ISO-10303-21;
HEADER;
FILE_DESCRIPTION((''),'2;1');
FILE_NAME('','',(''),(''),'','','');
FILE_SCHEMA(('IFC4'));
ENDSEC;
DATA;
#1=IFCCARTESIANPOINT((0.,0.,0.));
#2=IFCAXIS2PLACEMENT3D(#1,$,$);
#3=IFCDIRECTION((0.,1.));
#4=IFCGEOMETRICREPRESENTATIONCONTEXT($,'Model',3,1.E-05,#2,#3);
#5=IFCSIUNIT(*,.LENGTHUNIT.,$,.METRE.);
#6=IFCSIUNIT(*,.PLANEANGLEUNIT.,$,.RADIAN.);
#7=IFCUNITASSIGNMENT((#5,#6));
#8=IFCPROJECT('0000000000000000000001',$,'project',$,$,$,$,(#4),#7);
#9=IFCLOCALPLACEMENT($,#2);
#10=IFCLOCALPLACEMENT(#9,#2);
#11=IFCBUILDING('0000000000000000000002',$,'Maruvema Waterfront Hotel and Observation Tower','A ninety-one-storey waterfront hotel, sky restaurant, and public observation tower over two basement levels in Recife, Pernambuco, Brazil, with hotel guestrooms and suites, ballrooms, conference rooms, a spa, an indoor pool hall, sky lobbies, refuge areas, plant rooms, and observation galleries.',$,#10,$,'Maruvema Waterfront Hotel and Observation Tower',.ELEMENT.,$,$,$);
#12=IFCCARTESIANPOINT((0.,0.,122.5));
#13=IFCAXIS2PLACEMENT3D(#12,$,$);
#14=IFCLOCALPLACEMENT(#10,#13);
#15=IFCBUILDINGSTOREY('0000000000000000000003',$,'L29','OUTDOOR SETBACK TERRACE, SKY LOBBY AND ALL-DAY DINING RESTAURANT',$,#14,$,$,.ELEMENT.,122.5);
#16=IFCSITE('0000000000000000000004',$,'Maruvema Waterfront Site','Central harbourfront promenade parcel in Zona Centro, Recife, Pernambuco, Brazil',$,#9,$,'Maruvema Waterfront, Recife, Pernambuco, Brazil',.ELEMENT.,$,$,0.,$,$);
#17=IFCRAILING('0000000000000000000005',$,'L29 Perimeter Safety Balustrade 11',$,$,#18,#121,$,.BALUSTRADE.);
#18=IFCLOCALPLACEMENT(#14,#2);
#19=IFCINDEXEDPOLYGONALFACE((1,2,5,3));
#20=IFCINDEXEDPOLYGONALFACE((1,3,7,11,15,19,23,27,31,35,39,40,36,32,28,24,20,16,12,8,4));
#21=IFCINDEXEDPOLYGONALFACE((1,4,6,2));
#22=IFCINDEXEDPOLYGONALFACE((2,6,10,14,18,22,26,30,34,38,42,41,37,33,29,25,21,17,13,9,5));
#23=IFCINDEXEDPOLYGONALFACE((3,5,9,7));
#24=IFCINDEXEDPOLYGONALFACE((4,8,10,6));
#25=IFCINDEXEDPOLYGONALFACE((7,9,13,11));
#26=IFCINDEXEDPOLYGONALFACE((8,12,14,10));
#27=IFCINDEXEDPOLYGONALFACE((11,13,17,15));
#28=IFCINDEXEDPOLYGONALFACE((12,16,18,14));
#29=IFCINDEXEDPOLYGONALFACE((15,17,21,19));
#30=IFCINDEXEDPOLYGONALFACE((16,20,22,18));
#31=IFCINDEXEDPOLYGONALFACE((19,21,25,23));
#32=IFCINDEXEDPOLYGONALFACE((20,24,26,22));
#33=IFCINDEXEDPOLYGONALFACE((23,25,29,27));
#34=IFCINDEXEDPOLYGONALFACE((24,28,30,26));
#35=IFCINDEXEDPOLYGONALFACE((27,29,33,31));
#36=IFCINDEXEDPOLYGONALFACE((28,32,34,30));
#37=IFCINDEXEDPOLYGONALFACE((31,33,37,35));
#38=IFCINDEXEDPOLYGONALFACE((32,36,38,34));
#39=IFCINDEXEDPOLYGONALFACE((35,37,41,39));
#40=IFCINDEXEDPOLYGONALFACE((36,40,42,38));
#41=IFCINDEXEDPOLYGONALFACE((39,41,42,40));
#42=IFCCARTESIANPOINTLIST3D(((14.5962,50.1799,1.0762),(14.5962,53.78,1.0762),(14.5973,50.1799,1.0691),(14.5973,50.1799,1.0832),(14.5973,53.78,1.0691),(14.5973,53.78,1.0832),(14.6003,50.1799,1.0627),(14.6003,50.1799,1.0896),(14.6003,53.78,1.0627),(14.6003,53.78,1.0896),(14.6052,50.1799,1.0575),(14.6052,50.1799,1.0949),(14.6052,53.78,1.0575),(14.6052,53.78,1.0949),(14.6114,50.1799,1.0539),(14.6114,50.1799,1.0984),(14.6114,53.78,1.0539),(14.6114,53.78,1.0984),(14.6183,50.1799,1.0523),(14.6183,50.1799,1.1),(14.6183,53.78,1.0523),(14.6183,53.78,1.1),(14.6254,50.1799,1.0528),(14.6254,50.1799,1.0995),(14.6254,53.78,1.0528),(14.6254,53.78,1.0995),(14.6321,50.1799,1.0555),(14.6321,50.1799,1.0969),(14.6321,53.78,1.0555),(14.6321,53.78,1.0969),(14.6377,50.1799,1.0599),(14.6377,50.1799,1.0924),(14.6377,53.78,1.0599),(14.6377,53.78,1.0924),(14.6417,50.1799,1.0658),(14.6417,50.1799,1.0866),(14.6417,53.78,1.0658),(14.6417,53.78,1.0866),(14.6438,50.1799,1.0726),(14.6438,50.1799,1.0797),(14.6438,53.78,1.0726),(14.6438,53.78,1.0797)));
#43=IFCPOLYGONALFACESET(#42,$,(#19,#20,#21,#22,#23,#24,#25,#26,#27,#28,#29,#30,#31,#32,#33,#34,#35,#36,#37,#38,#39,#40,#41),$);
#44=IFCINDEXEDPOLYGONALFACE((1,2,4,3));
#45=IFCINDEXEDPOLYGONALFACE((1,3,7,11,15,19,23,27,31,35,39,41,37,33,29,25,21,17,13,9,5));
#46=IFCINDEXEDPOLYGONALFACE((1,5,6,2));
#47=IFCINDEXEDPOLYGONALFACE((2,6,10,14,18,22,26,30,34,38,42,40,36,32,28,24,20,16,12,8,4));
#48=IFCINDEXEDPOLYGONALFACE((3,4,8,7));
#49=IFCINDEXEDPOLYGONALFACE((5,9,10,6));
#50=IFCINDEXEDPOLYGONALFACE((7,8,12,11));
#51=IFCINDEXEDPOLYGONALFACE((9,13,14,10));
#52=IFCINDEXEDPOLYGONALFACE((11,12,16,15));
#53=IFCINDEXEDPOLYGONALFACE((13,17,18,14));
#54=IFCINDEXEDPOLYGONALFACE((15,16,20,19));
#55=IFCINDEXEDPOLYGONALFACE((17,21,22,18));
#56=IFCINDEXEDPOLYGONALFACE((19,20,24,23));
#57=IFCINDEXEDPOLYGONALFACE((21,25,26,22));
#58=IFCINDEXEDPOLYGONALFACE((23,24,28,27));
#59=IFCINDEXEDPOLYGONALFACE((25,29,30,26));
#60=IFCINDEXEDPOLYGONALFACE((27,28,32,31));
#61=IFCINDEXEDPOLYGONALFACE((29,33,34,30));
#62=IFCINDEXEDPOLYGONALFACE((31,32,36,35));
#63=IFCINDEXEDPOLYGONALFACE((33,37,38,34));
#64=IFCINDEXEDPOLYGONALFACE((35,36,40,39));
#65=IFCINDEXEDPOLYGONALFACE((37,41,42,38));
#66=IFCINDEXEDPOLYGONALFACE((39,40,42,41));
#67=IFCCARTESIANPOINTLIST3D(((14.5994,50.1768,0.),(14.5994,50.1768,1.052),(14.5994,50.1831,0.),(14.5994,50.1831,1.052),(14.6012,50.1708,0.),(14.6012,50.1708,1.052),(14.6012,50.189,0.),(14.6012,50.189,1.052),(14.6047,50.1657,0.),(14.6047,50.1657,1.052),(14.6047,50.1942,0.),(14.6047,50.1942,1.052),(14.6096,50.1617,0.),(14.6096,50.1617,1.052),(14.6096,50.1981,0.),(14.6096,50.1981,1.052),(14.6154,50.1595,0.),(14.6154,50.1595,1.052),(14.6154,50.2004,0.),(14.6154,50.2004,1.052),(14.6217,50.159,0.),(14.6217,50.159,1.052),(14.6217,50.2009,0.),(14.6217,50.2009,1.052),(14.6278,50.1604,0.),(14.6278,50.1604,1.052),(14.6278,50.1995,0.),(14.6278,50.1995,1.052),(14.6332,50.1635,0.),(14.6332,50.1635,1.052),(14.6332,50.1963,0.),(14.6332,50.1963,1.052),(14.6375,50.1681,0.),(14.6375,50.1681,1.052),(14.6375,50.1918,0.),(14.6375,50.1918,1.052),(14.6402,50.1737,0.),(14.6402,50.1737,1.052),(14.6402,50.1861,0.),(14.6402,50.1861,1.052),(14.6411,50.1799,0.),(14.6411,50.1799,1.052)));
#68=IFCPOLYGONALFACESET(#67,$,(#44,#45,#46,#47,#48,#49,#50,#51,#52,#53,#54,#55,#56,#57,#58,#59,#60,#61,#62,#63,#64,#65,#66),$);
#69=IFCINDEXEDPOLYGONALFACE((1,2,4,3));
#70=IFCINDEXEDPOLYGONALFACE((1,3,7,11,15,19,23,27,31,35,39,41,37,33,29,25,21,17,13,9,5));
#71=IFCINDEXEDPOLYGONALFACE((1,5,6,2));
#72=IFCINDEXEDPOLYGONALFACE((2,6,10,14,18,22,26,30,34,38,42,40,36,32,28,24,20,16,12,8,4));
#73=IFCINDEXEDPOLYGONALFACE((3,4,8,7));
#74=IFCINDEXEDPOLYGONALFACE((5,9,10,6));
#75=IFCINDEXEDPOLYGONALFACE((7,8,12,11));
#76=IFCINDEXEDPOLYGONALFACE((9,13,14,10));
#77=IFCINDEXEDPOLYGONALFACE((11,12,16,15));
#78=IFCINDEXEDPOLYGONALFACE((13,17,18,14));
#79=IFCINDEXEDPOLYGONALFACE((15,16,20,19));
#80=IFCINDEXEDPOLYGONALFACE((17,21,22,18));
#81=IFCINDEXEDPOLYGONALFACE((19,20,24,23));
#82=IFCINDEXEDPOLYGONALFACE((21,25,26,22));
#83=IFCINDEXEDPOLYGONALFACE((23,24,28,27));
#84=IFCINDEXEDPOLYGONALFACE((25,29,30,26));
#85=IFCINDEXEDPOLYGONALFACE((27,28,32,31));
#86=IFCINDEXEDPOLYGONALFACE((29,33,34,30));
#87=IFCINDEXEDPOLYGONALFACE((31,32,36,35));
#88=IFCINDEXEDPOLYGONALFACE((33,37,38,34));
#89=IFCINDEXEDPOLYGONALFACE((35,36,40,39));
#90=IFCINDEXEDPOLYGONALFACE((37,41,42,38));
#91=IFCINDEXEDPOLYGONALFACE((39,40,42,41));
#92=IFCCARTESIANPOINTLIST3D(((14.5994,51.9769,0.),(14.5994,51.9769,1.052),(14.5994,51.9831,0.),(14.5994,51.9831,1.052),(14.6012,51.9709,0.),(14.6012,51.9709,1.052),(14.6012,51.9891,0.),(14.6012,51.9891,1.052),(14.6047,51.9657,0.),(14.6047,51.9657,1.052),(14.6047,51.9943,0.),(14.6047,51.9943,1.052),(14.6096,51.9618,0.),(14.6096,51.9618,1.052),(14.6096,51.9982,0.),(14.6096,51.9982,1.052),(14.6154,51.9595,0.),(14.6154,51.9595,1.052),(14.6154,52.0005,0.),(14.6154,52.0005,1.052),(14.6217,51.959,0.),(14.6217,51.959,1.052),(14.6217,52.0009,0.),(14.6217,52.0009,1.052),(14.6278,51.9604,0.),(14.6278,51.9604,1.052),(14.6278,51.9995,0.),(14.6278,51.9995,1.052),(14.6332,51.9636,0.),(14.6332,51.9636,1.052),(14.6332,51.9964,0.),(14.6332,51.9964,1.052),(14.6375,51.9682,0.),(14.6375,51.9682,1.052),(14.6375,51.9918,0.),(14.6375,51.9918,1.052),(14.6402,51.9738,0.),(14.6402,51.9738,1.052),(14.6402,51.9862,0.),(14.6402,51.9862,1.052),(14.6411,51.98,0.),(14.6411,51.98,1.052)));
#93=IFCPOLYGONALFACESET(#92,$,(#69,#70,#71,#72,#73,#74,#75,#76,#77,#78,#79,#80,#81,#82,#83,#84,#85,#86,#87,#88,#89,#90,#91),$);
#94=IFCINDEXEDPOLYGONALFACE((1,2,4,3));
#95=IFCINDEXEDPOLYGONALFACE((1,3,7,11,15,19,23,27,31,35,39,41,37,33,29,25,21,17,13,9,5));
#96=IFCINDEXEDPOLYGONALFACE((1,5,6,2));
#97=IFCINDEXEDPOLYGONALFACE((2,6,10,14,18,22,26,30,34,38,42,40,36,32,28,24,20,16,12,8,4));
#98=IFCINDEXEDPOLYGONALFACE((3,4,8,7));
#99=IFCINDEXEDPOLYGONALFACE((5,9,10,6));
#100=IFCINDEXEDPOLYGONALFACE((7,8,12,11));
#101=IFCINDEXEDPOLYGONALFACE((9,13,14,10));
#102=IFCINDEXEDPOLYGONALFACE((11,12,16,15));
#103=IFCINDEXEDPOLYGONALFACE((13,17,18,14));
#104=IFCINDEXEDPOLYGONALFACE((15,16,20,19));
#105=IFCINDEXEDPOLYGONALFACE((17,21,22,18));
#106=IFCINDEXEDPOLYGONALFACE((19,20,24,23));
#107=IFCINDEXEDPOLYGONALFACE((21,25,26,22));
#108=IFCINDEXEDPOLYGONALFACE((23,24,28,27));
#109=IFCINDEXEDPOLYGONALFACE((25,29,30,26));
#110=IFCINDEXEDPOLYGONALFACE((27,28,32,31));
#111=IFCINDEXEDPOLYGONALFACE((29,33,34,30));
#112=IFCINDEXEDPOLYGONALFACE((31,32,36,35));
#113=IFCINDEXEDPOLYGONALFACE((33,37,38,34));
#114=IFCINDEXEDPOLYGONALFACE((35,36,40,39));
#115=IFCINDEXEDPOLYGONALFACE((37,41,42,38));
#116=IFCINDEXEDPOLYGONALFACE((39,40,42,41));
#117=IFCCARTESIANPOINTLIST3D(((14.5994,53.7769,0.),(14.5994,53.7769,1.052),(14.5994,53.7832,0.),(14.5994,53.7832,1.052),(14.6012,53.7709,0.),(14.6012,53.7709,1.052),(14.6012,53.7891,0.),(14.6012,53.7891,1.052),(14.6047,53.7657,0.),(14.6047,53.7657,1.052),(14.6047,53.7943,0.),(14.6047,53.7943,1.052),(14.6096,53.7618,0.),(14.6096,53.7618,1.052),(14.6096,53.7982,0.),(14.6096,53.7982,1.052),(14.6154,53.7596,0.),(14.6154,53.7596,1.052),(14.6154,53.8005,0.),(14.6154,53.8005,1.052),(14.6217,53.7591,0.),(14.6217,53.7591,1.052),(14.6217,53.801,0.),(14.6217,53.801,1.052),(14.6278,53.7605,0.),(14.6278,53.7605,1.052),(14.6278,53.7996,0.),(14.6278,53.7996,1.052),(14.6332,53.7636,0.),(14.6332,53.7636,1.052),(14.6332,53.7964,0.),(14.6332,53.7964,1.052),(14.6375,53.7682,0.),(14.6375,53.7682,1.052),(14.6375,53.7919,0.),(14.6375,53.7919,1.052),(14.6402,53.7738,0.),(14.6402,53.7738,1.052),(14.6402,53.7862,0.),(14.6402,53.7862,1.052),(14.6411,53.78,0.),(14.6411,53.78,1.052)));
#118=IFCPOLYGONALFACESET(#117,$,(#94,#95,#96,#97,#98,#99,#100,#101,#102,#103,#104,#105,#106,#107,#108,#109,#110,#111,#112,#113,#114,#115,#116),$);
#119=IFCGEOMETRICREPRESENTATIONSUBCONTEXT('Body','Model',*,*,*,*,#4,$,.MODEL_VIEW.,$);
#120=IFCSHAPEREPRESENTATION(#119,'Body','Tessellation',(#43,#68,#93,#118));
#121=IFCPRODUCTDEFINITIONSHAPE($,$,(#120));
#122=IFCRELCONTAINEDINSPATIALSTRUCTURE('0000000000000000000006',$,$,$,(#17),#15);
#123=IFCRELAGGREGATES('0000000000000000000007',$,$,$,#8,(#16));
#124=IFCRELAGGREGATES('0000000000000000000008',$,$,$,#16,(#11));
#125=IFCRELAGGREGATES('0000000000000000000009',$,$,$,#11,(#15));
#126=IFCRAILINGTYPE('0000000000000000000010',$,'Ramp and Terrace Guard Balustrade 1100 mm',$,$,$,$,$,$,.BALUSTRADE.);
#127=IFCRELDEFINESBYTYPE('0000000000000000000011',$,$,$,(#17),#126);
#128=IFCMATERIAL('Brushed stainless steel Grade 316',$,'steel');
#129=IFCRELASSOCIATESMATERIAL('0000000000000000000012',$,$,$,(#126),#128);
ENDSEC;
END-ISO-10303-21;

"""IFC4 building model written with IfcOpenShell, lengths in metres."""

from ifc_helpers import new_model, si_unit, direction, frame, origin, origin_2d, place, context, subcontext, project, spatial, circle, extrude, material, type_object, element, save


model = new_model("IFC4")

# Units and contexts
model_context = context("Model", 3, precision=1e-05, world=origin(), true_north=direction((0.0, 1.0)))
body_context = subcontext(model_context, "Body", "Model", "MODEL_VIEW")
ifc_project = project(units=[si_unit("LENGTHUNIT", "METRE"), si_unit("PLANEANGLEUNIT", "RADIAN")], contexts=[model_context])

# Site, building, storey
site_placement = place(None, origin())
site = spatial("IfcSite", under=ifc_project, at=site_placement, Name="Maruvema Waterfront Site", Description="Central harbourfront promenade parcel in Zona Centro, Recife, Pernambuco, Brazil", LongName="Maruvema Waterfront, Recife, Pernambuco, Brazil", CompositionType="ELEMENT", RefElevation=0.0)
building_placement = place(site_placement, origin())
building = spatial("IfcBuilding", under=site, at=building_placement, Name="Maruvema Waterfront Hotel and Observation Tower", Description="A ninety-one-storey waterfront hotel, sky restaurant, and public observation tower over two basement levels in Recife, Pernambuco, Brazil, with hotel guestrooms and suites, ballrooms, conference rooms, a spa, an indoor pool hall, sky lobbies, refuge areas, plant rooms, and observation galleries.", LongName="Maruvema Waterfront Hotel and Observation Tower", CompositionType="ELEMENT")
storey_placement = place(building_placement, frame((0.0, 0.0, 122.5)))
storey = spatial("IfcBuildingStorey", under=building, at=storey_placement, Name="L29", Description="OUTDOOR SETBACK TERRACE, SKY LOBBY AND ALL-DAY DINING RESTAURANT", CompositionType="ELEMENT", Elevation=122.5)

# Railing
ifc_material_1 = material(Name="Brushed stainless steel Grade 316", Category="steel")
railing_type = type_object("IfcRailingType", Name="Ramp and Terrace Guard Balustrade 1100 mm", PredefinedType="BALUSTRADE", material=ifc_material_1)
railing_1_placement = place(storey_placement, frame((14.6201, 50.1799, 0.0)))
element("IfcRailing", 1, at=railing_1_placement, inside=storey, type_object=railing_type, Name="L29 Perimeter Safety Balustrade 11", PredefinedType="BALUSTRADE", context=body_context, shape_type="SweptSolid", body=[
    extrude(circle(Radius=0.0239, at=origin_2d()), frame((0.0, 0.0, 1.0762), z_axis=(0.0, 1.0, 0.0), x_axis=(-1.0, 0.0, 0.0)), (0.0, 0.0, 1.0), 3.6001),
    extrude(circle(Radius=0.021, at=origin_2d()), origin(), (0.0, 0.0, 1.0), 1.052),
    extrude(circle(Radius=0.021, at=origin_2d()), frame((0.0, 1.8, 0.0)), (0.0, 0.0, 1.0), 1.052),
    extrude(circle(Radius=0.021, at=origin_2d()), frame((0.0, 3.6001, 0.0)), (0.0, 0.0, 1.0), 1.052),
])

save(model, "model.ifc")
